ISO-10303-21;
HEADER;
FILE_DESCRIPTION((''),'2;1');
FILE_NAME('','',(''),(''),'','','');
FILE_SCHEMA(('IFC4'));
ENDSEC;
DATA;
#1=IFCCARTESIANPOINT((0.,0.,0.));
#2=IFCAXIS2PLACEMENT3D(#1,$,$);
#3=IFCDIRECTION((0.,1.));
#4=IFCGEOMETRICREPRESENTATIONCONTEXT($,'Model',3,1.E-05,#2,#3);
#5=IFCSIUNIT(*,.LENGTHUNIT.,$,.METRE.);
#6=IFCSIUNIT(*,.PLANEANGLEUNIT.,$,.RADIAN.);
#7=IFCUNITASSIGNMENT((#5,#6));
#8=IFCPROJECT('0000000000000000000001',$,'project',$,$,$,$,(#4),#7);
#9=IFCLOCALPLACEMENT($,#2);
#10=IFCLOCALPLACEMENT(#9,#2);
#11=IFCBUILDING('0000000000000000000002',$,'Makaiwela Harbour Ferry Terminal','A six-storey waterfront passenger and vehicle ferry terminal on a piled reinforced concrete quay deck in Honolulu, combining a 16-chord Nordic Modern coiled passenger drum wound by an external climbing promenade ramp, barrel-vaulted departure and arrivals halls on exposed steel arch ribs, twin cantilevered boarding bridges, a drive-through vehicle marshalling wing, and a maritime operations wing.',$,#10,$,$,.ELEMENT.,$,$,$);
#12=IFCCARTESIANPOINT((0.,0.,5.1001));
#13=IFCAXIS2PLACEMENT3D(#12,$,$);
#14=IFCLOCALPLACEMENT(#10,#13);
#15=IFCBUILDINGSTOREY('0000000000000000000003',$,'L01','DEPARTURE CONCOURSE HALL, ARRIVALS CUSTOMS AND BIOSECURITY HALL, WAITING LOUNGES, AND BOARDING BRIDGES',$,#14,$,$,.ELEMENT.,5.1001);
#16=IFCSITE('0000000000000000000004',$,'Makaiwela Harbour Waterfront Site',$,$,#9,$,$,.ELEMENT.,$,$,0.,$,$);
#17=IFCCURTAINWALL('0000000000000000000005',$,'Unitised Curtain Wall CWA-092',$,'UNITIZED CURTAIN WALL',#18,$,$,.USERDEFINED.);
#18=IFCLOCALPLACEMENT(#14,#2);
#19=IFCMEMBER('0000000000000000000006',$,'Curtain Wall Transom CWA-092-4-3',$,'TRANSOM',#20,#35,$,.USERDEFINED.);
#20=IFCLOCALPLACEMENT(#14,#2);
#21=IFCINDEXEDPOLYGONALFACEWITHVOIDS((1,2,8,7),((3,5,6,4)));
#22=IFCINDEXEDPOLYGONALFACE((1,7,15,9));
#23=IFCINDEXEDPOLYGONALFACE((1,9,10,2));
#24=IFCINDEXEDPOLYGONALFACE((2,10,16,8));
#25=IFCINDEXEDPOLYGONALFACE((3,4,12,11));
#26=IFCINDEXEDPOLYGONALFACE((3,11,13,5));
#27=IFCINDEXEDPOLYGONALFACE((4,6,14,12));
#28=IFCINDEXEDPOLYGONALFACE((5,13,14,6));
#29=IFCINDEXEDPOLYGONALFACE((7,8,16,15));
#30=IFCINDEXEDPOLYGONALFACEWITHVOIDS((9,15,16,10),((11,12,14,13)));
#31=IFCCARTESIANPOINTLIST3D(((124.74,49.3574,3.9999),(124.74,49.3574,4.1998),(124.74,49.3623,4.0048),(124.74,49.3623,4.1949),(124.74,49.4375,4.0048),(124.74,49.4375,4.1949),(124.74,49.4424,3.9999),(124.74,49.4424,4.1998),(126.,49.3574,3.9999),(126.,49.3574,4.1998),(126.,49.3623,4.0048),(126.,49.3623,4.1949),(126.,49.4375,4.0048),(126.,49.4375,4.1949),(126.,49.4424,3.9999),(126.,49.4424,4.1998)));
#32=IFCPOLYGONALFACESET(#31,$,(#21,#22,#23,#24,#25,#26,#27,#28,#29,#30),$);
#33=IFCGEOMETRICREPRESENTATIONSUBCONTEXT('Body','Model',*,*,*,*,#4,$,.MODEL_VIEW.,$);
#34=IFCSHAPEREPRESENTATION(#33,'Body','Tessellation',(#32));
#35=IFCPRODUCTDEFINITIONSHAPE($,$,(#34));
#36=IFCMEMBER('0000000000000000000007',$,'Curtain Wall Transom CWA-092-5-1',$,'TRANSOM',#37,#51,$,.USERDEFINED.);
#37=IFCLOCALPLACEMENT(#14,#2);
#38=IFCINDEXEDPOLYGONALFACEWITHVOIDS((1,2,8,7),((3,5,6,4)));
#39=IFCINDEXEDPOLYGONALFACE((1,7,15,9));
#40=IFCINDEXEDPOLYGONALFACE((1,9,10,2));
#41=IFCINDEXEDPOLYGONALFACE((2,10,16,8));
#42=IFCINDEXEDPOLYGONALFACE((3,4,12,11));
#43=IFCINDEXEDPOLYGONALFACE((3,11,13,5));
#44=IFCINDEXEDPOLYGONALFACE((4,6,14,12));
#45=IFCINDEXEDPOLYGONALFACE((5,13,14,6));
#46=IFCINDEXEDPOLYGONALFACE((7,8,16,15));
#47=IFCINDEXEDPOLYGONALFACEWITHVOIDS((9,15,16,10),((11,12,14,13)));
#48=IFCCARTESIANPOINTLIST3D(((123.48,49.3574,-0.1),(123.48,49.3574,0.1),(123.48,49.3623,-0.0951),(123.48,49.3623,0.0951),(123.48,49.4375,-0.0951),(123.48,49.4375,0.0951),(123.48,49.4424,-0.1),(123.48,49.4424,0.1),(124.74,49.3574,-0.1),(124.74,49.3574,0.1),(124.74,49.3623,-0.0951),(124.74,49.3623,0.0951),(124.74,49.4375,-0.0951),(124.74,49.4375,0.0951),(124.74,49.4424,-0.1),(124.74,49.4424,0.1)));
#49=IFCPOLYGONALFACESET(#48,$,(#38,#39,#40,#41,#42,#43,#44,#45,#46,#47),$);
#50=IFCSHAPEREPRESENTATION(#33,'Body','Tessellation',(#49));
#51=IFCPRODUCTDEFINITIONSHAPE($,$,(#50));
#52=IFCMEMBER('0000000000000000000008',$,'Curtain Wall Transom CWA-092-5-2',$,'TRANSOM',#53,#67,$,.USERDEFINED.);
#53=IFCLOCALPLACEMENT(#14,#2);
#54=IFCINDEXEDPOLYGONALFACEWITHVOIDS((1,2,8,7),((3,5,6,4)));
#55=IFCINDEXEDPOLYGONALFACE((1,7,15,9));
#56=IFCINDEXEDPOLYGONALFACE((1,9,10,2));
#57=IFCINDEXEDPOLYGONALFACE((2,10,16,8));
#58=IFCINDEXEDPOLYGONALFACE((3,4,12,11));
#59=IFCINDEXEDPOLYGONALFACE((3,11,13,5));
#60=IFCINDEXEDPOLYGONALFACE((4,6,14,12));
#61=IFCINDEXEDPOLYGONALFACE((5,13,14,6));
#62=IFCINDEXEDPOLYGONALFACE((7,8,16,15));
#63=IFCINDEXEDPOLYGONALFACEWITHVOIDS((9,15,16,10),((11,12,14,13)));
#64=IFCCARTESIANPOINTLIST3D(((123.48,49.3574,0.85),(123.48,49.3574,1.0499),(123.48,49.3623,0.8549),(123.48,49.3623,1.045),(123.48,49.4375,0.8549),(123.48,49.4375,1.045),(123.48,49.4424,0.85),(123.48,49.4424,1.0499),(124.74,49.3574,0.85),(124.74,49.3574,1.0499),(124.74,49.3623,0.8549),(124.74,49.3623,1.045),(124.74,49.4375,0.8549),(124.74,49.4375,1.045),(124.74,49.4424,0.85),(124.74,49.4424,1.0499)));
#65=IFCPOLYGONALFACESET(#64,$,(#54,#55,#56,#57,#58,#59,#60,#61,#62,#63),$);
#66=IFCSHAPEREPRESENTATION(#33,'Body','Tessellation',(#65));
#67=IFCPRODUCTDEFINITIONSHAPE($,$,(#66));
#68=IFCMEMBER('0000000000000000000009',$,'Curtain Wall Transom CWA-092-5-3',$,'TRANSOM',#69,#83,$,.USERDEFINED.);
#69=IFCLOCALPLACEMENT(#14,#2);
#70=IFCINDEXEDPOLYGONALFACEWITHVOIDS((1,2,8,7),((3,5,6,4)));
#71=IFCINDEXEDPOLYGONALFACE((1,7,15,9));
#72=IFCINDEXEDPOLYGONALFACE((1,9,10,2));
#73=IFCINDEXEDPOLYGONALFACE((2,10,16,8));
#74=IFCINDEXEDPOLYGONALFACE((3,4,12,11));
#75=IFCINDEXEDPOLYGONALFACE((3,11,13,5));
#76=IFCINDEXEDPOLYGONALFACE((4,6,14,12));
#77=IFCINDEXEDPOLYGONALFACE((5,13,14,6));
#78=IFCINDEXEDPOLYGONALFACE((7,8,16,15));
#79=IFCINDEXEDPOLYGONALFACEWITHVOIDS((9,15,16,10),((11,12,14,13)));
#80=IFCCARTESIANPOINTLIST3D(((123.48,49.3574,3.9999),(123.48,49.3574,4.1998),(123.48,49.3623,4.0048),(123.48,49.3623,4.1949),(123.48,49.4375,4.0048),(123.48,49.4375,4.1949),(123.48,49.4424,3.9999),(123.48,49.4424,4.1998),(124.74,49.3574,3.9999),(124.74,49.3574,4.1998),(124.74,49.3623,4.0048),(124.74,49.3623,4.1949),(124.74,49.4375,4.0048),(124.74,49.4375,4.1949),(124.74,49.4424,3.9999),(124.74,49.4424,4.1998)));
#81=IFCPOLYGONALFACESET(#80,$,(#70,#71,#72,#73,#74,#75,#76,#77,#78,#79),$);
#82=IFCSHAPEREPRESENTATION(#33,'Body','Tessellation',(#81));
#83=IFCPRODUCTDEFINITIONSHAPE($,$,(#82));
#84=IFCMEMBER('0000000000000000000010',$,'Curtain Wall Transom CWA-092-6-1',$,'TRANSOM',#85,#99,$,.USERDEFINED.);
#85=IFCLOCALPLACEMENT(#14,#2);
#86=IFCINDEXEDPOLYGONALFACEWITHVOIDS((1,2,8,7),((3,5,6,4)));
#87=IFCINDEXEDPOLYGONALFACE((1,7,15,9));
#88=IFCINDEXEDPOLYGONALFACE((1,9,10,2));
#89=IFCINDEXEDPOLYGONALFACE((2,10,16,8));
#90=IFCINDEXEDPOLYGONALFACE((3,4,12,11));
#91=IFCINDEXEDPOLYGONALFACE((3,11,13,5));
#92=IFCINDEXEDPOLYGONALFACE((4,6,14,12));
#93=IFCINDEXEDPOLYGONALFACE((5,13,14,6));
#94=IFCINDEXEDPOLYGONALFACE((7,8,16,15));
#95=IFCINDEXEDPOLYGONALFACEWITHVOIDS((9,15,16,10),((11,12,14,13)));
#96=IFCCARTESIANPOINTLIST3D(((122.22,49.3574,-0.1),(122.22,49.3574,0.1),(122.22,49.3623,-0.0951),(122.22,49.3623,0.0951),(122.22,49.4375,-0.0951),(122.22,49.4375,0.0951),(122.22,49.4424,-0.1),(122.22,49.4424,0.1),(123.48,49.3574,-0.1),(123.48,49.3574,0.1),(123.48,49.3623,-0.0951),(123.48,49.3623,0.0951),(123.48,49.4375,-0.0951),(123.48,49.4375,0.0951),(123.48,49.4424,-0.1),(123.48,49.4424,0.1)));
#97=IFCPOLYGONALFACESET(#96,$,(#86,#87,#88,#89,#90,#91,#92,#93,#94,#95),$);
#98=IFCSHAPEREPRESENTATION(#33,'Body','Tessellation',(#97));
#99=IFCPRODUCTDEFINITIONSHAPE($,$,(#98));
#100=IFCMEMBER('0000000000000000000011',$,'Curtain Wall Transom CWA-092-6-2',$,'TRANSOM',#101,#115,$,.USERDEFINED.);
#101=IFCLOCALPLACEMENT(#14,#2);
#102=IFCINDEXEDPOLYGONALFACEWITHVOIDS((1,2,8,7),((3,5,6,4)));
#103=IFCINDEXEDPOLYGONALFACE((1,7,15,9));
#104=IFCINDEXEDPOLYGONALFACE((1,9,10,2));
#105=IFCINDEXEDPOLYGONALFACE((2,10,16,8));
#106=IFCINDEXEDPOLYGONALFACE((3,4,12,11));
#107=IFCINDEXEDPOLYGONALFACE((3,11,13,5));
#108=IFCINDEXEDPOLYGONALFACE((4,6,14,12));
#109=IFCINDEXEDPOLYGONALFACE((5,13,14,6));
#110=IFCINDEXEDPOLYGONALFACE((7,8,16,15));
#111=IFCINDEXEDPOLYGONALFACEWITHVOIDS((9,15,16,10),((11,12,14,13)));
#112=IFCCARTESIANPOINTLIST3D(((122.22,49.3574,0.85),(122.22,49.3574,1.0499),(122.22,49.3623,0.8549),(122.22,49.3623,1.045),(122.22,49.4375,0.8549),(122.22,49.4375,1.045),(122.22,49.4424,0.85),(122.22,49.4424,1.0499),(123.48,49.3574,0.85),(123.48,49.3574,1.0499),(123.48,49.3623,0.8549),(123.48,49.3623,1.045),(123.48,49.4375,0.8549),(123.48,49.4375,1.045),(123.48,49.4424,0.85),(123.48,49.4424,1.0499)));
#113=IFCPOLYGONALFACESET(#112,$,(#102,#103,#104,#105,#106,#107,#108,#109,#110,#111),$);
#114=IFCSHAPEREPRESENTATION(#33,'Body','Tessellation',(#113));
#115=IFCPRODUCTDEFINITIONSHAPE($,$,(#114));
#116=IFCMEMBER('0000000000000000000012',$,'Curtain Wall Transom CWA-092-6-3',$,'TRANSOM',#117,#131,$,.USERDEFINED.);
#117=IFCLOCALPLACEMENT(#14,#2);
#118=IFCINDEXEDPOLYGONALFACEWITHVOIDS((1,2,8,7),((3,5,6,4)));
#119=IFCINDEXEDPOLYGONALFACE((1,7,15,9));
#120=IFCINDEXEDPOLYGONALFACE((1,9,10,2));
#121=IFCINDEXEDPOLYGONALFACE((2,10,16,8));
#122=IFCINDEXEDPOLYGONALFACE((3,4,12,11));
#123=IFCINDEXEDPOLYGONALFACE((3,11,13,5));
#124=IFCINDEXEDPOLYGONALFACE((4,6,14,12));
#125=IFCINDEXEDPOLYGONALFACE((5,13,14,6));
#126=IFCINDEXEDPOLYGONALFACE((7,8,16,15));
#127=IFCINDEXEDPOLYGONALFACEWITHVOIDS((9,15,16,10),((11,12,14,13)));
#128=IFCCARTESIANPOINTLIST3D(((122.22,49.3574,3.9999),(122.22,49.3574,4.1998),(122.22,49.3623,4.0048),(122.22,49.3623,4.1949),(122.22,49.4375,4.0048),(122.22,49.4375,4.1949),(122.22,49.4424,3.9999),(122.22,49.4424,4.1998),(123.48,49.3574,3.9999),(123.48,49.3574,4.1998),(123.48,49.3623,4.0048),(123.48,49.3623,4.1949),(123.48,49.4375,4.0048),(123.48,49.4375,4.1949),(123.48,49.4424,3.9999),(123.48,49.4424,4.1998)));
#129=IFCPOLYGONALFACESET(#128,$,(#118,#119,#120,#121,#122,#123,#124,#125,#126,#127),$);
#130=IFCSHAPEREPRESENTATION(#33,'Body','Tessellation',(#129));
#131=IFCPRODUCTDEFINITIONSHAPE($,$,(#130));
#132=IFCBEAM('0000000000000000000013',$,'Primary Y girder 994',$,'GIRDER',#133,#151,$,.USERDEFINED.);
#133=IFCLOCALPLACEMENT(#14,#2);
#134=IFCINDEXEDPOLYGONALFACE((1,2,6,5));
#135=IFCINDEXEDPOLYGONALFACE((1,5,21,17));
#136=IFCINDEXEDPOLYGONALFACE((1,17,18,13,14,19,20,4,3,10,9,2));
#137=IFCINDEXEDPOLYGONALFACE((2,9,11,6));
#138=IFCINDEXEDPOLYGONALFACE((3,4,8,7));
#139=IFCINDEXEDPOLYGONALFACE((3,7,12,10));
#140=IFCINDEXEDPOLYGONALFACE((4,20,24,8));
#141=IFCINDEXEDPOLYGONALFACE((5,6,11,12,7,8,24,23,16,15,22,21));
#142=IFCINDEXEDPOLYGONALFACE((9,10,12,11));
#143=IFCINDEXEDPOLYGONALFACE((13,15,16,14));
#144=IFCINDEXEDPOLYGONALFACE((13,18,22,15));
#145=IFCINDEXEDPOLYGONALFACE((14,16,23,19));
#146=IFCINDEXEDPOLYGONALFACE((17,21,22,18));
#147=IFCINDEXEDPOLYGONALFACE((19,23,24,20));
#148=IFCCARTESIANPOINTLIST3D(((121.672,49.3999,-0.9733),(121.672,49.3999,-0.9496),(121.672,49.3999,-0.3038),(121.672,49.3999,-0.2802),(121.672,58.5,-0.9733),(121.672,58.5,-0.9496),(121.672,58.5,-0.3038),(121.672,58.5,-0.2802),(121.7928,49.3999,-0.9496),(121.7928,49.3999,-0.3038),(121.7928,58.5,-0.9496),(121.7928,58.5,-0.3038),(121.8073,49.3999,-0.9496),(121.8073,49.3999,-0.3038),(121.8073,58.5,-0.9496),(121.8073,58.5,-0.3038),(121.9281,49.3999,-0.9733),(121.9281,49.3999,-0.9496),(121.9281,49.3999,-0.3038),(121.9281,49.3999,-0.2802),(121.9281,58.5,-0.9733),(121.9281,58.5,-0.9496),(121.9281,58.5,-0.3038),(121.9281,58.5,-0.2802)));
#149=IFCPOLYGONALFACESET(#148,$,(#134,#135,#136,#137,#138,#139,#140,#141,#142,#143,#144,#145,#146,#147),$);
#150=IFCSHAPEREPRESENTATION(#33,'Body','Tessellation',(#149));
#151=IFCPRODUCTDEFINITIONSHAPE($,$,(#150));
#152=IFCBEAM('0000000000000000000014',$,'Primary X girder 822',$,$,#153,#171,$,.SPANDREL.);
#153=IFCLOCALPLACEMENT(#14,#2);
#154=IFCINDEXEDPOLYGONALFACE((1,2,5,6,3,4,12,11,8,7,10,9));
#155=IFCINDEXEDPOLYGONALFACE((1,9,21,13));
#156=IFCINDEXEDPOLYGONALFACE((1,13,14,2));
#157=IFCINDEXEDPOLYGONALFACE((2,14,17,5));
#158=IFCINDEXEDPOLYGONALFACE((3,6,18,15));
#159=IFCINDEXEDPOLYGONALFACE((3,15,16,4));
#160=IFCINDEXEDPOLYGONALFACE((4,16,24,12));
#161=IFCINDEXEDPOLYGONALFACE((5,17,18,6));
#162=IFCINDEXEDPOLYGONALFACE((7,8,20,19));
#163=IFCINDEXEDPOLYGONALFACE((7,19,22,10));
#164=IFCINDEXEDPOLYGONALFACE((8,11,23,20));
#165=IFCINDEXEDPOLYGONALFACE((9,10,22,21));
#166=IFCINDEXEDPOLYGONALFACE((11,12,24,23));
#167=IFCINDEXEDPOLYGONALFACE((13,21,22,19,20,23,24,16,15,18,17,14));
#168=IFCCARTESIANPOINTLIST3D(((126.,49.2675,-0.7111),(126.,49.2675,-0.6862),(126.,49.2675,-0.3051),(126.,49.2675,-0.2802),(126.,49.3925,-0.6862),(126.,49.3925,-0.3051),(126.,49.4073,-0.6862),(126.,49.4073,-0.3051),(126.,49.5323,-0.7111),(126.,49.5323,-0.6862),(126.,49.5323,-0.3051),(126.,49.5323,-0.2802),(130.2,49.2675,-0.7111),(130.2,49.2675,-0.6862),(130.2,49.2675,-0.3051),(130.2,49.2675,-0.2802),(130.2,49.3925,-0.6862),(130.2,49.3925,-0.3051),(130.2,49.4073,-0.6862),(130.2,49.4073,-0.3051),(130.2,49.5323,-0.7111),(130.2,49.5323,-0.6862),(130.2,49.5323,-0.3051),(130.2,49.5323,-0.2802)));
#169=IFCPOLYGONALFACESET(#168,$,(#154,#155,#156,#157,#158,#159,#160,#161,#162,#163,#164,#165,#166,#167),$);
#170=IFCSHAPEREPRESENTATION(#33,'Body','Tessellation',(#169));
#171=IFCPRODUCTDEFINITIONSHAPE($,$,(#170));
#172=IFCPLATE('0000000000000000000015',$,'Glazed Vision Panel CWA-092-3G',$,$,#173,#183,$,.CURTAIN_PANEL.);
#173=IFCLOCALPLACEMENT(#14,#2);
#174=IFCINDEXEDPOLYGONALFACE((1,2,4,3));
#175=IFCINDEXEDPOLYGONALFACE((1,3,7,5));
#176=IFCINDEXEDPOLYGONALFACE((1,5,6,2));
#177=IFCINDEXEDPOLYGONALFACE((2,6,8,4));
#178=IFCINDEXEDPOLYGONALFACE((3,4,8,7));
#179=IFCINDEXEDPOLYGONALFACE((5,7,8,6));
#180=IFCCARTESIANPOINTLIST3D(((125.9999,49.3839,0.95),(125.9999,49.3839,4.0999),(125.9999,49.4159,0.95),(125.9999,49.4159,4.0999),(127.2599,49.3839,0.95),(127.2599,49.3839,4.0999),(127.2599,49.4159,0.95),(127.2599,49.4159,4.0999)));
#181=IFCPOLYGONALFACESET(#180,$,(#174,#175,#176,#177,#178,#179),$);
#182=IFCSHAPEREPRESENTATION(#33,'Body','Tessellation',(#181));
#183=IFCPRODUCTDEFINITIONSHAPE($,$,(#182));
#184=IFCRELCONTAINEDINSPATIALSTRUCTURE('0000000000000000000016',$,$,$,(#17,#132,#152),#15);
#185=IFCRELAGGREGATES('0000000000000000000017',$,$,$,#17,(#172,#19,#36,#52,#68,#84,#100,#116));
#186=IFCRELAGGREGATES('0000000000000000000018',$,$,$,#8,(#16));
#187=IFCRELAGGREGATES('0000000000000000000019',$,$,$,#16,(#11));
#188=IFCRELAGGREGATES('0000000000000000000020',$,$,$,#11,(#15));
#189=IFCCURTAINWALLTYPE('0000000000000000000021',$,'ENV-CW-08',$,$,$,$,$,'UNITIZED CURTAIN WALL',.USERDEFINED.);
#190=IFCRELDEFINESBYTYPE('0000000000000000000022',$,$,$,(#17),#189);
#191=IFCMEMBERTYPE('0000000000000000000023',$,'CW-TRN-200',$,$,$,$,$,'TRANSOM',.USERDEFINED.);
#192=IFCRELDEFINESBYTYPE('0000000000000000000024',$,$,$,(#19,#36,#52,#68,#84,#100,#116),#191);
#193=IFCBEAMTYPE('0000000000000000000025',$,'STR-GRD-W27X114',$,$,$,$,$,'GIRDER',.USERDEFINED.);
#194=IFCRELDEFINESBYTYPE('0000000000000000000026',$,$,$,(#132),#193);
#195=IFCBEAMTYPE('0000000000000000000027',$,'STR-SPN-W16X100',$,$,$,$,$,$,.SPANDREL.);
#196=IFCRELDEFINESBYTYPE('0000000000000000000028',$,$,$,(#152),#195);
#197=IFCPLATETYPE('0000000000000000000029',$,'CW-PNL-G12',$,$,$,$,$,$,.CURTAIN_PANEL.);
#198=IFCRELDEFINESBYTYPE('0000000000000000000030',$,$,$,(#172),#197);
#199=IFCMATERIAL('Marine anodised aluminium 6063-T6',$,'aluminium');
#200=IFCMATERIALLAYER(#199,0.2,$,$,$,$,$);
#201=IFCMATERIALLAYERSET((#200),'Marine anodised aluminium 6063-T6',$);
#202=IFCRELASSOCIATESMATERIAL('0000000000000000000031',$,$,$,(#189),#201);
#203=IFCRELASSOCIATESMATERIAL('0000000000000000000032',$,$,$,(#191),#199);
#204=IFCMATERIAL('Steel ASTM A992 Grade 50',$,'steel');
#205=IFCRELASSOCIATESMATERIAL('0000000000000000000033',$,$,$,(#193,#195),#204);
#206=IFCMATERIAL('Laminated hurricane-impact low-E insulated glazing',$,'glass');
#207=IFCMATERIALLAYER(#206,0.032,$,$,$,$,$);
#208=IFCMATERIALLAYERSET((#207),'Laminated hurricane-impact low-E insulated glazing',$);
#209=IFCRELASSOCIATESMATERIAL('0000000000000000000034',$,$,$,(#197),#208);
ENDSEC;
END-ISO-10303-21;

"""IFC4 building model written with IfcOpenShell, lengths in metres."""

from ifc_helpers import new_model, si_unit, direction, frame, origin, origin_2d, place, context, subcontext, project, spatial, rectangle, hollow_rectangle, i_section, extrude, material, layer, layer_set, material_profile, profile_set, type_object, element, aggregate, save


model = new_model("IFC4")

# Units and contexts
model_context = context("Model", 3, precision=1e-05, world=origin(), true_north=direction((0.0, 1.0)))
body_context = subcontext(model_context, "Body", "Model", "MODEL_VIEW")
ifc_project = project(units=[si_unit("LENGTHUNIT", "METRE"), si_unit("PLANEANGLEUNIT", "RADIAN")], contexts=[model_context])

# Site, building, storey
site_placement = place(None, origin())
site = spatial("IfcSite", under=ifc_project, at=site_placement, Name="Makaiwela Harbour Waterfront Site", CompositionType="ELEMENT", RefElevation=0.0)
building_placement = place(site_placement, origin())
building = spatial("IfcBuilding", under=site, at=building_placement, Name="Makaiwela Harbour Ferry Terminal", Description="A six-storey waterfront passenger and vehicle ferry terminal on a piled reinforced concrete quay deck in Honolulu, combining a 16-chord Nordic Modern coiled passenger drum wound by an external climbing promenade ramp, barrel-vaulted departure and arrivals halls on exposed steel arch ribs, twin cantilevered boarding bridges, a drive-through vehicle marshalling wing, and a maritime operations wing.", CompositionType="ELEMENT")
storey_placement = place(building_placement, frame((0.0, 0.0, 5.1001)))
storey = spatial("IfcBuildingStorey", under=building, at=storey_placement, Name="L01", Description="DEPARTURE CONCOURSE HALL, ARRIVALS CUSTOMS AND BIOSECURITY HALL, WAITING LOUNGES, AND BOARDING BRIDGES", CompositionType="ELEMENT", Elevation=5.1001)

# Shared definitions
ifc_material_1 = material(Name="Steel ASTM A992 Grade 50", Category="steel")

# Curtain wall, members
ifc_material_2 = material(Name="Marine anodised aluminium 6063-T6", Category="aluminium")
ifc_layer_1 = layer(ifc_material_2, 0.2)
ifc_layer_set_1 = layer_set([ifc_layer_1], Name="Marine anodised aluminium 6063-T6")
curtain_wall_type = type_object("IfcCurtainWallType", Name="ENV-CW-08", ElementType="UNITIZED CURTAIN WALL", PredefinedType="USERDEFINED", material=ifc_layer_set_1)
curtain_wall_placement = place(storey_placement, origin())
curtain_wall = element("IfcCurtainWall", 1, at=curtain_wall_placement, inside=storey, type_object=curtain_wall_type, Name="Unitised Curtain Wall CWA-092", ObjectType="UNITIZED CURTAIN WALL", PredefinedType="USERDEFINED")
ifc_material_profile_1 = material_profile(ifc_material_2, hollow_rectangle(XDim=0.085, YDim=0.2, WallThickness=0.0049, at=origin_2d()), Name="CWT-200X85")
ifc_profile_set_1 = profile_set([ifc_material_profile_1], Name="Marine anodised aluminium 6063-T6")
member_type_1 = type_object("IfcMemberType", Name="CW-TRN-200", ElementType="TRANSOM", PredefinedType="USERDEFINED", material=ifc_profile_set_1)
member_1_placement = place(storey_placement, frame((126.0, 49.3999, 4.0999), z_axis=(-1.0, 0.0, 0.0), x_axis=(0.0, -1.0, 0.0)))
member_1 = element("IfcMember", 2, at=member_1_placement, type_object=member_type_1, Name="Curtain Wall Transom CWA-092-4-3", ObjectType="TRANSOM", PredefinedType="USERDEFINED", context=body_context, shape_type="SweptSolid", body=[
    extrude(hollow_rectangle(XDim=0.085, YDim=0.2, WallThickness=0.0049, at=origin_2d()), origin(), (0.0, 0.0, 1.0), 1.26),
])
member_2_placement = place(storey_placement, frame((124.74, 49.3999, 0.0), z_axis=(-1.0, 0.0, 0.0), x_axis=(0.0, -1.0, 0.0)))
member_2 = element("IfcMember", 3, at=member_2_placement, type_object=member_type_1, Name="Curtain Wall Transom CWA-092-5-1", ObjectType="TRANSOM", PredefinedType="USERDEFINED", context=body_context, shape_type="SweptSolid", body=[
    extrude(hollow_rectangle(XDim=0.085, YDim=0.2, WallThickness=0.0049, at=origin_2d()), origin(), (0.0, 0.0, 1.0), 1.26),
])
member_3_placement = place(storey_placement, frame((124.74, 49.3999, 0.95), z_axis=(-1.0, 0.0, 0.0), x_axis=(0.0, -1.0, 0.0)))
member_3 = element("IfcMember", 4, at=member_3_placement, type_object=member_type_1, Name="Curtain Wall Transom CWA-092-5-2", ObjectType="TRANSOM", PredefinedType="USERDEFINED", context=body_context, shape_type="SweptSolid", body=[
    extrude(hollow_rectangle(XDim=0.085, YDim=0.2, WallThickness=0.0049, at=origin_2d()), origin(), (0.0, 0.0, 1.0), 1.26),
])
member_4_placement = place(storey_placement, frame((124.74, 49.3999, 4.0999), z_axis=(-1.0, 0.0, 0.0), x_axis=(0.0, -1.0, 0.0)))
member_4 = element("IfcMember", 5, at=member_4_placement, type_object=member_type_1, Name="Curtain Wall Transom CWA-092-5-3", ObjectType="TRANSOM", PredefinedType="USERDEFINED", context=body_context, shape_type="SweptSolid", body=[
    extrude(hollow_rectangle(XDim=0.085, YDim=0.2, WallThickness=0.0049, at=origin_2d()), origin(), (0.0, 0.0, 1.0), 1.26),
])
member_5_placement = place(storey_placement, frame((123.48, 49.3999, 0.0), z_axis=(-1.0, 0.0, 0.0), x_axis=(0.0, -1.0, 0.0)))
member_5 = element("IfcMember", 6, at=member_5_placement, type_object=member_type_1, Name="Curtain Wall Transom CWA-092-6-1", ObjectType="TRANSOM", PredefinedType="USERDEFINED", context=body_context, shape_type="SweptSolid", body=[
    extrude(hollow_rectangle(XDim=0.085, YDim=0.2, WallThickness=0.0049, at=origin_2d()), origin(), (0.0, 0.0, 1.0), 1.26),
])
member_6_placement = place(storey_placement, frame((123.48, 49.3999, 0.95), z_axis=(-1.0, 0.0, 0.0), x_axis=(0.0, -1.0, 0.0)))
member_6 = element("IfcMember", 7, at=member_6_placement, type_object=member_type_1, Name="Curtain Wall Transom CWA-092-6-2", ObjectType="TRANSOM", PredefinedType="USERDEFINED", context=body_context, shape_type="SweptSolid", body=[
    extrude(hollow_rectangle(XDim=0.085, YDim=0.2, WallThickness=0.0049, at=origin_2d()), origin(), (0.0, 0.0, 1.0), 1.26),
])
member_7_placement = place(storey_placement, frame((123.48, 49.3999, 4.0999), z_axis=(-1.0, 0.0, 0.0), x_axis=(0.0, -1.0, 0.0)))
member_7 = element("IfcMember", 8, at=member_7_placement, type_object=member_type_1, Name="Curtain Wall Transom CWA-092-6-3", ObjectType="TRANSOM", PredefinedType="USERDEFINED", context=body_context, shape_type="SweptSolid", body=[
    extrude(hollow_rectangle(XDim=0.085, YDim=0.2, WallThickness=0.0049, at=origin_2d()), origin(), (0.0, 0.0, 1.0), 1.26),
])

# Beams
ifc_material_profile_2 = material_profile(ifc_material_1, i_section(OverallWidth=0.2561, OverallDepth=0.6931, WebThickness=0.0144, FlangeThickness=0.0237, at=origin_2d()), Name="W27X114")
ifc_profile_set_2 = profile_set([ifc_material_profile_2], Name="Steel ASTM A992 Grade 50")
beam_type_1 = type_object("IfcBeamType", Name="STR-GRD-W27X114", ElementType="GIRDER", PredefinedType="USERDEFINED", material=ifc_profile_set_2)
beam_1_placement = place(storey_placement, frame((121.8, 49.3999, -0.6267), z_axis=(0.0, 1.0, 0.0), x_axis=(-1.0, 0.0, 0.0)))
element("IfcBeam", 9, at=beam_1_placement, inside=storey, type_object=beam_type_1, Name="Primary Y girder 994", ObjectType="GIRDER", PredefinedType="USERDEFINED", context=body_context, shape_type="SweptSolid", body=[
    extrude(i_section(OverallWidth=0.2561, OverallDepth=0.6931, WebThickness=0.0144, FlangeThickness=0.0237, at=origin_2d()), origin(), (0.0, 0.0, 1.0), 9.1001),
])
ifc_material_profile_3 = material_profile(ifc_material_1, i_section(OverallWidth=0.2649, OverallDepth=0.4309, WebThickness=0.0149, FlangeThickness=0.0249, at=origin_2d()), Name="W16X100")
ifc_profile_set_3 = profile_set([ifc_material_profile_3], Name="Steel ASTM A992 Grade 50")
beam_type_2 = type_object("IfcBeamType", Name="STR-SPN-W16X100", PredefinedType="SPANDREL", material=ifc_profile_set_3)
beam_2_placement = place(storey_placement, frame((126.0, 49.3999, -0.4956), z_axis=(1.0, 0.0, 0.0), x_axis=(0.0, 1.0, 0.0)))
element("IfcBeam", 10, at=beam_2_placement, inside=storey, type_object=beam_type_2, Name="Primary X girder 822", PredefinedType="SPANDREL", context=body_context, shape_type="SweptSolid", body=[
    extrude(i_section(OverallWidth=0.2649, OverallDepth=0.4309, WebThickness=0.0149, FlangeThickness=0.0249, at=origin_2d()), origin(), (0.0, 0.0, 1.0), 4.2),
])

# Plate
ifc_material_3 = material(Name="Laminated hurricane-impact low-E insulated glazing", Category="glass")
ifc_layer_2 = layer(ifc_material_3, 0.032)
ifc_layer_set_2 = layer_set([ifc_layer_2], Name="Laminated hurricane-impact low-E insulated glazing")
plate_type_1 = type_object("IfcPlateType", Name="CW-PNL-G12", PredefinedType="CURTAIN_PANEL", material=ifc_layer_set_2)
plate_1_placement = place(storey_placement, frame((126.6299, 49.3999, 0.95), z_axis=(0.0, 0.0, 1.0), x_axis=(-1.0, 0.0, 0.0)))
plate_1 = element("IfcPlate", 11, at=plate_1_placement, type_object=plate_type_1, Name="Glazed Vision Panel CWA-092-3G", PredefinedType="CURTAIN_PANEL", context=body_context, shape_type="SweptSolid", body=[
    extrude(rectangle(XDim=1.26, YDim=0.032, at=origin_2d()), origin(), (0.0, 0.0, 1.0), 3.1499),
])
aggregate(curtain_wall, [plate_1, member_1, member_2, member_3, member_4, member_5, member_6, member_7])

save(model, "model.ifc")
